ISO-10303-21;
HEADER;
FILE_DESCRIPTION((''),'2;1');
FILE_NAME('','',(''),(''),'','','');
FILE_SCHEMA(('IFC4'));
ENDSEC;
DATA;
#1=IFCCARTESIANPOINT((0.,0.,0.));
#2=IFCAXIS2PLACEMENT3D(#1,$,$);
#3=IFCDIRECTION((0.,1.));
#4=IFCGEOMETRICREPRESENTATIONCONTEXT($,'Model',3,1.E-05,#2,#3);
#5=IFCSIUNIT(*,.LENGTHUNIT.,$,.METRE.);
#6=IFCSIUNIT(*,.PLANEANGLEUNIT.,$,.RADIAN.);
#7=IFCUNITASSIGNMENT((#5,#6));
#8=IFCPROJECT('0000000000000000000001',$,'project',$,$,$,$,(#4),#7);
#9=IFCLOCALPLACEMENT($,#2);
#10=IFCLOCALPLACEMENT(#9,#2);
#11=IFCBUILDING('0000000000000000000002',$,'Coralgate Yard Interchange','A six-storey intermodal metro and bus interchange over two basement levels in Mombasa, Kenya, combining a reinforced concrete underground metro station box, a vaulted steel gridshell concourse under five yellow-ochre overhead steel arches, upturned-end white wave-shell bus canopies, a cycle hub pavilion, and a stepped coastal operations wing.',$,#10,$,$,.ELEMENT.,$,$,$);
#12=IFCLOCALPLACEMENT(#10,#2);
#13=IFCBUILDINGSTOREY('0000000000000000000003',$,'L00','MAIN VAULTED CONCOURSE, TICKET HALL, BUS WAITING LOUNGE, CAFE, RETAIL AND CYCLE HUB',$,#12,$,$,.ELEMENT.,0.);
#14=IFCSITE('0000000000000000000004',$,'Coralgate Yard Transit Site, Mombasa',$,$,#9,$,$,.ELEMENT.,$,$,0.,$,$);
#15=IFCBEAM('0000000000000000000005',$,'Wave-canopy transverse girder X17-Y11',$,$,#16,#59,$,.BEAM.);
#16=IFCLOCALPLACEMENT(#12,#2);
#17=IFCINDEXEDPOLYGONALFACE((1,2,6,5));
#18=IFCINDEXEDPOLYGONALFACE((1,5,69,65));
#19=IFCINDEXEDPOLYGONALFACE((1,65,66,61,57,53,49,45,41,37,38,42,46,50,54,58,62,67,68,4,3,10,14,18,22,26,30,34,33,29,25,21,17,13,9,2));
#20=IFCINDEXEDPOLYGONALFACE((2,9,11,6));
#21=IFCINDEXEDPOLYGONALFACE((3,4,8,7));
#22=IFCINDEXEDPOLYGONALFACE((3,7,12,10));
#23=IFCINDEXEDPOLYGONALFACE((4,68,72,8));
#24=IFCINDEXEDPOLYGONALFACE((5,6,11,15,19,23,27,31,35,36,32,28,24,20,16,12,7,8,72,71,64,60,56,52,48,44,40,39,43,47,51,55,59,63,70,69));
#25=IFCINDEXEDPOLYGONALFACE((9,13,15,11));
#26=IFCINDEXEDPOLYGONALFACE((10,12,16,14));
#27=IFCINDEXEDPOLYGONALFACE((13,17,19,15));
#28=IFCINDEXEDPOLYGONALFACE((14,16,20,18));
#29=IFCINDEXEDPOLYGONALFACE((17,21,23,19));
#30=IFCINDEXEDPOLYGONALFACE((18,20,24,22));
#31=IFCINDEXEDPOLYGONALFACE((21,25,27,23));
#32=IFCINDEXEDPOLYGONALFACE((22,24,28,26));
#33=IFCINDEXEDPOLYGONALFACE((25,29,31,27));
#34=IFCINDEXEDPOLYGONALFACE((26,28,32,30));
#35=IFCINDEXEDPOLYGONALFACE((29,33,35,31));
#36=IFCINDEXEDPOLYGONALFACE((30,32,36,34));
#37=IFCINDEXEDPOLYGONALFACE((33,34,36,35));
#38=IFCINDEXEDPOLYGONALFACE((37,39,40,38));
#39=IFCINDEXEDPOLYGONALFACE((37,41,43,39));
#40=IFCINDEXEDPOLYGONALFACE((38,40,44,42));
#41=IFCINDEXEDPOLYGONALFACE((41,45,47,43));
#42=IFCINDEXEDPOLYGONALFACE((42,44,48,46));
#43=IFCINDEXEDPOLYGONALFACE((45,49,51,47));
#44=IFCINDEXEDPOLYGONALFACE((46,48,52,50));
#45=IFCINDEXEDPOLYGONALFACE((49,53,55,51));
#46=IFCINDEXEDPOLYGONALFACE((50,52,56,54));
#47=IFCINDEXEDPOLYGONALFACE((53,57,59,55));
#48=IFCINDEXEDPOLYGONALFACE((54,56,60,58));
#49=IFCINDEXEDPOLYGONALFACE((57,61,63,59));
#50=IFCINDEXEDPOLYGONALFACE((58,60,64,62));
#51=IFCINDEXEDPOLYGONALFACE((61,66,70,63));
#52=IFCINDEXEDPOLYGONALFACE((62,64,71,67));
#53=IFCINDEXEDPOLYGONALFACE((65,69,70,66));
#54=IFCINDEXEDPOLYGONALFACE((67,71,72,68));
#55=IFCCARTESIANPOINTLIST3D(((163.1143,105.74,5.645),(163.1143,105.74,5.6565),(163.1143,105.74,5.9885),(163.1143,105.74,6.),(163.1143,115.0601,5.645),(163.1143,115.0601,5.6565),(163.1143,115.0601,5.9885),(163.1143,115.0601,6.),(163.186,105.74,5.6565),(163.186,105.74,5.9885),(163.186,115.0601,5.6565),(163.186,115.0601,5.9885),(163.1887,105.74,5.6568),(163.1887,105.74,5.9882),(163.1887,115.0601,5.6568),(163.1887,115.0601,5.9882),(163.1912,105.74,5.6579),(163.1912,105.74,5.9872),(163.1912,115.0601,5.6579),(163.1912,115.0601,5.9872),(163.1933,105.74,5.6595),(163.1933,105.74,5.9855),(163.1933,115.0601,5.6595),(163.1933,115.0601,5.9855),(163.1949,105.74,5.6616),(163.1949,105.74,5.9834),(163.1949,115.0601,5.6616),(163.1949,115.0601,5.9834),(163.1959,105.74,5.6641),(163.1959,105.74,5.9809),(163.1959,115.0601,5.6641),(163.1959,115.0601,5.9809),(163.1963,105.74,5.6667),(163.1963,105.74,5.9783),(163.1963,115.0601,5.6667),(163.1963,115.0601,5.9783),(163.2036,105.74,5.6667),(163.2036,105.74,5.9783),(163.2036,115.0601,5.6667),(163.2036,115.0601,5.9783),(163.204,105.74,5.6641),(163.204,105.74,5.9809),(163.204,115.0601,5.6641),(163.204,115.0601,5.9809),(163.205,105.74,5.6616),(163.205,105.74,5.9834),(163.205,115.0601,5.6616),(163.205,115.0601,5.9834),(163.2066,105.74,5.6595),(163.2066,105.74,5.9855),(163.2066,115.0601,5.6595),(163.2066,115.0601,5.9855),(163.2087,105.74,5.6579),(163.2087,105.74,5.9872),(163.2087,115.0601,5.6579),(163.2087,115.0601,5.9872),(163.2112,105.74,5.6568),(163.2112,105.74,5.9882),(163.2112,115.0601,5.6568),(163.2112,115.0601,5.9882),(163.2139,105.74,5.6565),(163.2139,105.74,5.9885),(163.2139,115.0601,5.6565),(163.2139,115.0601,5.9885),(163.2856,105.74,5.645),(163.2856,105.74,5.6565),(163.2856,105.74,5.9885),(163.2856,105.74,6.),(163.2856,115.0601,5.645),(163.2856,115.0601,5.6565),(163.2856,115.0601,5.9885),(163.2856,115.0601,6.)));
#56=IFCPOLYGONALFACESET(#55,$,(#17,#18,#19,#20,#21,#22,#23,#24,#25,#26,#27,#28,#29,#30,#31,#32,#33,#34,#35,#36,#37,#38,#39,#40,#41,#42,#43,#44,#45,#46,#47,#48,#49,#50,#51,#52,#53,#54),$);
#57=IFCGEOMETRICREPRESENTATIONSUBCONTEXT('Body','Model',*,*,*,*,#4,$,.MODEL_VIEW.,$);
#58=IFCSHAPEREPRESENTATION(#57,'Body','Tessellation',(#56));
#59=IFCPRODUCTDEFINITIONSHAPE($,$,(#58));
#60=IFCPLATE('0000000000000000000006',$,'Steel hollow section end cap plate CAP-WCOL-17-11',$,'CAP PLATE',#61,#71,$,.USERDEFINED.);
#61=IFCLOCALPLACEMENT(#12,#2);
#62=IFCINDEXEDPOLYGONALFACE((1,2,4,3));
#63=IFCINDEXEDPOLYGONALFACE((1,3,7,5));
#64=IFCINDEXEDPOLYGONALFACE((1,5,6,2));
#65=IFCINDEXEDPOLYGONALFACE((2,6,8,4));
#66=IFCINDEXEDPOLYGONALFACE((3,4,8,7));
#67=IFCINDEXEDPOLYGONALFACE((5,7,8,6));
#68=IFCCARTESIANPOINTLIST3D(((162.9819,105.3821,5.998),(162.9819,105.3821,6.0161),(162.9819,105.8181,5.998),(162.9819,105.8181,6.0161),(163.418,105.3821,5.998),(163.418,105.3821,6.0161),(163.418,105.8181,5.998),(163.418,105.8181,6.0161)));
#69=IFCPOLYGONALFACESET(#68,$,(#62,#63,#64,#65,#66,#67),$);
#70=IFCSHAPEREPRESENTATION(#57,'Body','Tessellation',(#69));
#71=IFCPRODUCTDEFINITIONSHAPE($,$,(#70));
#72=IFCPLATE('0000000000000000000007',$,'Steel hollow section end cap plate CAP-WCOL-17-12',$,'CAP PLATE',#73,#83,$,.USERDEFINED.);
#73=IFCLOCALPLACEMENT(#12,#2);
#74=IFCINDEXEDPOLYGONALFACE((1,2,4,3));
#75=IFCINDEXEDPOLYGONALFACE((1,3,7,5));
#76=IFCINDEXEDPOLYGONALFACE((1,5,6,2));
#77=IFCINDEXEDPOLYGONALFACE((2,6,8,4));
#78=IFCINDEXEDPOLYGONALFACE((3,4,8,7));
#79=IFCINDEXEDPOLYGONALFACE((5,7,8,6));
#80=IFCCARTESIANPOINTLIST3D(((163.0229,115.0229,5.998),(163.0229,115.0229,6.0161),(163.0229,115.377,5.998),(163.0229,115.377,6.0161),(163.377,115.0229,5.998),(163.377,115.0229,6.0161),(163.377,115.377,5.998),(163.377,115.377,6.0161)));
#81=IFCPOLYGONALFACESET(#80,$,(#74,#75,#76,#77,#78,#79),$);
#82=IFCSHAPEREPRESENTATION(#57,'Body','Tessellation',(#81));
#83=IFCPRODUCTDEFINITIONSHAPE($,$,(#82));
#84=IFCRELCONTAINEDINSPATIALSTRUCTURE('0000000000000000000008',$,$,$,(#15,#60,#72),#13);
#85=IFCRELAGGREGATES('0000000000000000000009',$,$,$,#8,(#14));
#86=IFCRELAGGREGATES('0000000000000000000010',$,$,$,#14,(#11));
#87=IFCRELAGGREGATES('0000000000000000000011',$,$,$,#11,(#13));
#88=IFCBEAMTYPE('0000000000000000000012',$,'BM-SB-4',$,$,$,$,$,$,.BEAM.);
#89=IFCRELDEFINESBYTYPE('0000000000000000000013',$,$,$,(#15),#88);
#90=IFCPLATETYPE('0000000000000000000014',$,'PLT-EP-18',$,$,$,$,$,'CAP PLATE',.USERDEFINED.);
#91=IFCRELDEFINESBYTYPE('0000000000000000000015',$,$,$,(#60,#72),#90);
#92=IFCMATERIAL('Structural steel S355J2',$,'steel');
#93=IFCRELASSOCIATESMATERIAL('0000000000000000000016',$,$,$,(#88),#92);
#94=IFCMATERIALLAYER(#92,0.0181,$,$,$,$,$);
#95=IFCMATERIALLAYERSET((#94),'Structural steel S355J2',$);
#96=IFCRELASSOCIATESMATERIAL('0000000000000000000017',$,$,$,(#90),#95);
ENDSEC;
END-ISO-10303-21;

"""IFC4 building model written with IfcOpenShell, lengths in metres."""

from ifc_helpers import new_model, si_unit, direction, frame, origin, origin_2d, place, context, subcontext, project, spatial, rectangle, i_section, extrude, material, layer, layer_set, material_profile, profile_set, type_object, element, save


model = new_model("IFC4")

# Units and contexts
model_context = context("Model", 3, precision=1e-05, world=origin(), true_north=direction((0.0, 1.0)))
body_context = subcontext(model_context, "Body", "Model", "MODEL_VIEW")
ifc_project = project(units=[si_unit("LENGTHUNIT", "METRE"), si_unit("PLANEANGLEUNIT", "RADIAN")], contexts=[model_context])

# Site, building, storey
site_placement = place(None, origin())
site = spatial("IfcSite", under=ifc_project, at=site_placement, Name="Coralgate Yard Transit Site, Mombasa", CompositionType="ELEMENT", RefElevation=0.0)
building_placement = place(site_placement, origin())
building = spatial("IfcBuilding", under=site, at=building_placement, Name="Coralgate Yard Interchange", Description="A six-storey intermodal metro and bus interchange over two basement levels in Mombasa, Kenya, combining a reinforced concrete underground metro station box, a vaulted steel gridshell concourse under five yellow-ochre overhead steel arches, upturned-end white wave-shell bus canopies, a cycle hub pavilion, and a stepped coastal operations wing.", CompositionType="ELEMENT")
storey_placement = place(building_placement, origin())
storey = spatial("IfcBuildingStorey", under=building, at=storey_placement, Name="L00", Description="MAIN VAULTED CONCOURSE, TICKET HALL, BUS WAITING LOUNGE, CAFE, RETAIL AND CYCLE HUB", CompositionType="ELEMENT", Elevation=0.0)

# Shared definitions
ifc_material_1 = material(Name="Structural steel S355J2", Category="steel")

# Beam
ifc_material_profile_1 = material_profile(ifc_material_1, i_section(OverallWidth=0.1714, OverallDepth=0.355, WebThickness=0.0073, FlangeThickness=0.0115, FilletRadius=0.0103, at=origin_2d()), Name="UB 356x171x51")
ifc_profile_set_1 = profile_set([ifc_material_profile_1], Name="Structural steel S355J2")
beam_type_1 = type_object("IfcBeamType", Name="BM-SB-4", PredefinedType="BEAM", material=ifc_profile_set_1)
for number, where, z_axis, x_axis, name in (
    (1, (163.2, 105.74, 5.8225), (0.0, 1.0, 0.0), (-1.0, 0.0, 0.0), "Wave-canopy transverse girder X17-Y11"),
):
    element("IfcBeam", number, at=place(storey_placement, frame(where, z_axis=z_axis, x_axis=x_axis)), inside=storey, type_object=beam_type_1, Name=name, PredefinedType="BEAM", context=body_context, shape_type="SweptSolid", body=[
        extrude(i_section(OverallWidth=0.1714, OverallDepth=0.355, WebThickness=0.0073, FlangeThickness=0.0115, FilletRadius=0.0103, at=origin_2d()), origin(), (0.0, 0.0, 1.0), 9.3201),
    ])

# Plates
ifc_layer = layer(ifc_material_1, 0.0181)
ifc_layer_set = layer_set([ifc_layer], Name="Structural steel S355J2")
plate_type = type_object("IfcPlateType", Name="PLT-EP-18", ElementType="CAP PLATE", PredefinedType="USERDEFINED", material=ifc_layer_set)
plate_1_placement = place(storey_placement, frame((163.2, 105.6001, 5.998), z_axis=(0.0, 0.0, 1.0), x_axis=(1.0, 0.0, 0.0)))
element("IfcPlate", 2, at=plate_1_placement, inside=storey, type_object=plate_type, Name="Steel hollow section end cap plate CAP-WCOL-17-11", ObjectType="CAP PLATE", PredefinedType="USERDEFINED", context=body_context, shape_type="SweptSolid", body=[
    extrude(rectangle(XDim=0.436, YDim=0.436, at=origin_2d()), origin(), (0.0, 0.0, 1.0), 0.0181),
])
plate_2_placement = place(storey_placement, frame((163.2, 115.2, 5.998), z_axis=(0.0, 0.0, 1.0), x_axis=(1.0, 0.0, 0.0)))
element("IfcPlate", 3, at=plate_2_placement, inside=storey, type_object=plate_type, Name="Steel hollow section end cap plate CAP-WCOL-17-12", ObjectType="CAP PLATE", PredefinedType="USERDEFINED", context=body_context, shape_type="SweptSolid", body=[
    extrude(rectangle(XDim=0.354, YDim=0.354, at=origin_2d()), origin(), (0.0, 0.0, 1.0), 0.0181),
])

save(model, "model.ifc")
